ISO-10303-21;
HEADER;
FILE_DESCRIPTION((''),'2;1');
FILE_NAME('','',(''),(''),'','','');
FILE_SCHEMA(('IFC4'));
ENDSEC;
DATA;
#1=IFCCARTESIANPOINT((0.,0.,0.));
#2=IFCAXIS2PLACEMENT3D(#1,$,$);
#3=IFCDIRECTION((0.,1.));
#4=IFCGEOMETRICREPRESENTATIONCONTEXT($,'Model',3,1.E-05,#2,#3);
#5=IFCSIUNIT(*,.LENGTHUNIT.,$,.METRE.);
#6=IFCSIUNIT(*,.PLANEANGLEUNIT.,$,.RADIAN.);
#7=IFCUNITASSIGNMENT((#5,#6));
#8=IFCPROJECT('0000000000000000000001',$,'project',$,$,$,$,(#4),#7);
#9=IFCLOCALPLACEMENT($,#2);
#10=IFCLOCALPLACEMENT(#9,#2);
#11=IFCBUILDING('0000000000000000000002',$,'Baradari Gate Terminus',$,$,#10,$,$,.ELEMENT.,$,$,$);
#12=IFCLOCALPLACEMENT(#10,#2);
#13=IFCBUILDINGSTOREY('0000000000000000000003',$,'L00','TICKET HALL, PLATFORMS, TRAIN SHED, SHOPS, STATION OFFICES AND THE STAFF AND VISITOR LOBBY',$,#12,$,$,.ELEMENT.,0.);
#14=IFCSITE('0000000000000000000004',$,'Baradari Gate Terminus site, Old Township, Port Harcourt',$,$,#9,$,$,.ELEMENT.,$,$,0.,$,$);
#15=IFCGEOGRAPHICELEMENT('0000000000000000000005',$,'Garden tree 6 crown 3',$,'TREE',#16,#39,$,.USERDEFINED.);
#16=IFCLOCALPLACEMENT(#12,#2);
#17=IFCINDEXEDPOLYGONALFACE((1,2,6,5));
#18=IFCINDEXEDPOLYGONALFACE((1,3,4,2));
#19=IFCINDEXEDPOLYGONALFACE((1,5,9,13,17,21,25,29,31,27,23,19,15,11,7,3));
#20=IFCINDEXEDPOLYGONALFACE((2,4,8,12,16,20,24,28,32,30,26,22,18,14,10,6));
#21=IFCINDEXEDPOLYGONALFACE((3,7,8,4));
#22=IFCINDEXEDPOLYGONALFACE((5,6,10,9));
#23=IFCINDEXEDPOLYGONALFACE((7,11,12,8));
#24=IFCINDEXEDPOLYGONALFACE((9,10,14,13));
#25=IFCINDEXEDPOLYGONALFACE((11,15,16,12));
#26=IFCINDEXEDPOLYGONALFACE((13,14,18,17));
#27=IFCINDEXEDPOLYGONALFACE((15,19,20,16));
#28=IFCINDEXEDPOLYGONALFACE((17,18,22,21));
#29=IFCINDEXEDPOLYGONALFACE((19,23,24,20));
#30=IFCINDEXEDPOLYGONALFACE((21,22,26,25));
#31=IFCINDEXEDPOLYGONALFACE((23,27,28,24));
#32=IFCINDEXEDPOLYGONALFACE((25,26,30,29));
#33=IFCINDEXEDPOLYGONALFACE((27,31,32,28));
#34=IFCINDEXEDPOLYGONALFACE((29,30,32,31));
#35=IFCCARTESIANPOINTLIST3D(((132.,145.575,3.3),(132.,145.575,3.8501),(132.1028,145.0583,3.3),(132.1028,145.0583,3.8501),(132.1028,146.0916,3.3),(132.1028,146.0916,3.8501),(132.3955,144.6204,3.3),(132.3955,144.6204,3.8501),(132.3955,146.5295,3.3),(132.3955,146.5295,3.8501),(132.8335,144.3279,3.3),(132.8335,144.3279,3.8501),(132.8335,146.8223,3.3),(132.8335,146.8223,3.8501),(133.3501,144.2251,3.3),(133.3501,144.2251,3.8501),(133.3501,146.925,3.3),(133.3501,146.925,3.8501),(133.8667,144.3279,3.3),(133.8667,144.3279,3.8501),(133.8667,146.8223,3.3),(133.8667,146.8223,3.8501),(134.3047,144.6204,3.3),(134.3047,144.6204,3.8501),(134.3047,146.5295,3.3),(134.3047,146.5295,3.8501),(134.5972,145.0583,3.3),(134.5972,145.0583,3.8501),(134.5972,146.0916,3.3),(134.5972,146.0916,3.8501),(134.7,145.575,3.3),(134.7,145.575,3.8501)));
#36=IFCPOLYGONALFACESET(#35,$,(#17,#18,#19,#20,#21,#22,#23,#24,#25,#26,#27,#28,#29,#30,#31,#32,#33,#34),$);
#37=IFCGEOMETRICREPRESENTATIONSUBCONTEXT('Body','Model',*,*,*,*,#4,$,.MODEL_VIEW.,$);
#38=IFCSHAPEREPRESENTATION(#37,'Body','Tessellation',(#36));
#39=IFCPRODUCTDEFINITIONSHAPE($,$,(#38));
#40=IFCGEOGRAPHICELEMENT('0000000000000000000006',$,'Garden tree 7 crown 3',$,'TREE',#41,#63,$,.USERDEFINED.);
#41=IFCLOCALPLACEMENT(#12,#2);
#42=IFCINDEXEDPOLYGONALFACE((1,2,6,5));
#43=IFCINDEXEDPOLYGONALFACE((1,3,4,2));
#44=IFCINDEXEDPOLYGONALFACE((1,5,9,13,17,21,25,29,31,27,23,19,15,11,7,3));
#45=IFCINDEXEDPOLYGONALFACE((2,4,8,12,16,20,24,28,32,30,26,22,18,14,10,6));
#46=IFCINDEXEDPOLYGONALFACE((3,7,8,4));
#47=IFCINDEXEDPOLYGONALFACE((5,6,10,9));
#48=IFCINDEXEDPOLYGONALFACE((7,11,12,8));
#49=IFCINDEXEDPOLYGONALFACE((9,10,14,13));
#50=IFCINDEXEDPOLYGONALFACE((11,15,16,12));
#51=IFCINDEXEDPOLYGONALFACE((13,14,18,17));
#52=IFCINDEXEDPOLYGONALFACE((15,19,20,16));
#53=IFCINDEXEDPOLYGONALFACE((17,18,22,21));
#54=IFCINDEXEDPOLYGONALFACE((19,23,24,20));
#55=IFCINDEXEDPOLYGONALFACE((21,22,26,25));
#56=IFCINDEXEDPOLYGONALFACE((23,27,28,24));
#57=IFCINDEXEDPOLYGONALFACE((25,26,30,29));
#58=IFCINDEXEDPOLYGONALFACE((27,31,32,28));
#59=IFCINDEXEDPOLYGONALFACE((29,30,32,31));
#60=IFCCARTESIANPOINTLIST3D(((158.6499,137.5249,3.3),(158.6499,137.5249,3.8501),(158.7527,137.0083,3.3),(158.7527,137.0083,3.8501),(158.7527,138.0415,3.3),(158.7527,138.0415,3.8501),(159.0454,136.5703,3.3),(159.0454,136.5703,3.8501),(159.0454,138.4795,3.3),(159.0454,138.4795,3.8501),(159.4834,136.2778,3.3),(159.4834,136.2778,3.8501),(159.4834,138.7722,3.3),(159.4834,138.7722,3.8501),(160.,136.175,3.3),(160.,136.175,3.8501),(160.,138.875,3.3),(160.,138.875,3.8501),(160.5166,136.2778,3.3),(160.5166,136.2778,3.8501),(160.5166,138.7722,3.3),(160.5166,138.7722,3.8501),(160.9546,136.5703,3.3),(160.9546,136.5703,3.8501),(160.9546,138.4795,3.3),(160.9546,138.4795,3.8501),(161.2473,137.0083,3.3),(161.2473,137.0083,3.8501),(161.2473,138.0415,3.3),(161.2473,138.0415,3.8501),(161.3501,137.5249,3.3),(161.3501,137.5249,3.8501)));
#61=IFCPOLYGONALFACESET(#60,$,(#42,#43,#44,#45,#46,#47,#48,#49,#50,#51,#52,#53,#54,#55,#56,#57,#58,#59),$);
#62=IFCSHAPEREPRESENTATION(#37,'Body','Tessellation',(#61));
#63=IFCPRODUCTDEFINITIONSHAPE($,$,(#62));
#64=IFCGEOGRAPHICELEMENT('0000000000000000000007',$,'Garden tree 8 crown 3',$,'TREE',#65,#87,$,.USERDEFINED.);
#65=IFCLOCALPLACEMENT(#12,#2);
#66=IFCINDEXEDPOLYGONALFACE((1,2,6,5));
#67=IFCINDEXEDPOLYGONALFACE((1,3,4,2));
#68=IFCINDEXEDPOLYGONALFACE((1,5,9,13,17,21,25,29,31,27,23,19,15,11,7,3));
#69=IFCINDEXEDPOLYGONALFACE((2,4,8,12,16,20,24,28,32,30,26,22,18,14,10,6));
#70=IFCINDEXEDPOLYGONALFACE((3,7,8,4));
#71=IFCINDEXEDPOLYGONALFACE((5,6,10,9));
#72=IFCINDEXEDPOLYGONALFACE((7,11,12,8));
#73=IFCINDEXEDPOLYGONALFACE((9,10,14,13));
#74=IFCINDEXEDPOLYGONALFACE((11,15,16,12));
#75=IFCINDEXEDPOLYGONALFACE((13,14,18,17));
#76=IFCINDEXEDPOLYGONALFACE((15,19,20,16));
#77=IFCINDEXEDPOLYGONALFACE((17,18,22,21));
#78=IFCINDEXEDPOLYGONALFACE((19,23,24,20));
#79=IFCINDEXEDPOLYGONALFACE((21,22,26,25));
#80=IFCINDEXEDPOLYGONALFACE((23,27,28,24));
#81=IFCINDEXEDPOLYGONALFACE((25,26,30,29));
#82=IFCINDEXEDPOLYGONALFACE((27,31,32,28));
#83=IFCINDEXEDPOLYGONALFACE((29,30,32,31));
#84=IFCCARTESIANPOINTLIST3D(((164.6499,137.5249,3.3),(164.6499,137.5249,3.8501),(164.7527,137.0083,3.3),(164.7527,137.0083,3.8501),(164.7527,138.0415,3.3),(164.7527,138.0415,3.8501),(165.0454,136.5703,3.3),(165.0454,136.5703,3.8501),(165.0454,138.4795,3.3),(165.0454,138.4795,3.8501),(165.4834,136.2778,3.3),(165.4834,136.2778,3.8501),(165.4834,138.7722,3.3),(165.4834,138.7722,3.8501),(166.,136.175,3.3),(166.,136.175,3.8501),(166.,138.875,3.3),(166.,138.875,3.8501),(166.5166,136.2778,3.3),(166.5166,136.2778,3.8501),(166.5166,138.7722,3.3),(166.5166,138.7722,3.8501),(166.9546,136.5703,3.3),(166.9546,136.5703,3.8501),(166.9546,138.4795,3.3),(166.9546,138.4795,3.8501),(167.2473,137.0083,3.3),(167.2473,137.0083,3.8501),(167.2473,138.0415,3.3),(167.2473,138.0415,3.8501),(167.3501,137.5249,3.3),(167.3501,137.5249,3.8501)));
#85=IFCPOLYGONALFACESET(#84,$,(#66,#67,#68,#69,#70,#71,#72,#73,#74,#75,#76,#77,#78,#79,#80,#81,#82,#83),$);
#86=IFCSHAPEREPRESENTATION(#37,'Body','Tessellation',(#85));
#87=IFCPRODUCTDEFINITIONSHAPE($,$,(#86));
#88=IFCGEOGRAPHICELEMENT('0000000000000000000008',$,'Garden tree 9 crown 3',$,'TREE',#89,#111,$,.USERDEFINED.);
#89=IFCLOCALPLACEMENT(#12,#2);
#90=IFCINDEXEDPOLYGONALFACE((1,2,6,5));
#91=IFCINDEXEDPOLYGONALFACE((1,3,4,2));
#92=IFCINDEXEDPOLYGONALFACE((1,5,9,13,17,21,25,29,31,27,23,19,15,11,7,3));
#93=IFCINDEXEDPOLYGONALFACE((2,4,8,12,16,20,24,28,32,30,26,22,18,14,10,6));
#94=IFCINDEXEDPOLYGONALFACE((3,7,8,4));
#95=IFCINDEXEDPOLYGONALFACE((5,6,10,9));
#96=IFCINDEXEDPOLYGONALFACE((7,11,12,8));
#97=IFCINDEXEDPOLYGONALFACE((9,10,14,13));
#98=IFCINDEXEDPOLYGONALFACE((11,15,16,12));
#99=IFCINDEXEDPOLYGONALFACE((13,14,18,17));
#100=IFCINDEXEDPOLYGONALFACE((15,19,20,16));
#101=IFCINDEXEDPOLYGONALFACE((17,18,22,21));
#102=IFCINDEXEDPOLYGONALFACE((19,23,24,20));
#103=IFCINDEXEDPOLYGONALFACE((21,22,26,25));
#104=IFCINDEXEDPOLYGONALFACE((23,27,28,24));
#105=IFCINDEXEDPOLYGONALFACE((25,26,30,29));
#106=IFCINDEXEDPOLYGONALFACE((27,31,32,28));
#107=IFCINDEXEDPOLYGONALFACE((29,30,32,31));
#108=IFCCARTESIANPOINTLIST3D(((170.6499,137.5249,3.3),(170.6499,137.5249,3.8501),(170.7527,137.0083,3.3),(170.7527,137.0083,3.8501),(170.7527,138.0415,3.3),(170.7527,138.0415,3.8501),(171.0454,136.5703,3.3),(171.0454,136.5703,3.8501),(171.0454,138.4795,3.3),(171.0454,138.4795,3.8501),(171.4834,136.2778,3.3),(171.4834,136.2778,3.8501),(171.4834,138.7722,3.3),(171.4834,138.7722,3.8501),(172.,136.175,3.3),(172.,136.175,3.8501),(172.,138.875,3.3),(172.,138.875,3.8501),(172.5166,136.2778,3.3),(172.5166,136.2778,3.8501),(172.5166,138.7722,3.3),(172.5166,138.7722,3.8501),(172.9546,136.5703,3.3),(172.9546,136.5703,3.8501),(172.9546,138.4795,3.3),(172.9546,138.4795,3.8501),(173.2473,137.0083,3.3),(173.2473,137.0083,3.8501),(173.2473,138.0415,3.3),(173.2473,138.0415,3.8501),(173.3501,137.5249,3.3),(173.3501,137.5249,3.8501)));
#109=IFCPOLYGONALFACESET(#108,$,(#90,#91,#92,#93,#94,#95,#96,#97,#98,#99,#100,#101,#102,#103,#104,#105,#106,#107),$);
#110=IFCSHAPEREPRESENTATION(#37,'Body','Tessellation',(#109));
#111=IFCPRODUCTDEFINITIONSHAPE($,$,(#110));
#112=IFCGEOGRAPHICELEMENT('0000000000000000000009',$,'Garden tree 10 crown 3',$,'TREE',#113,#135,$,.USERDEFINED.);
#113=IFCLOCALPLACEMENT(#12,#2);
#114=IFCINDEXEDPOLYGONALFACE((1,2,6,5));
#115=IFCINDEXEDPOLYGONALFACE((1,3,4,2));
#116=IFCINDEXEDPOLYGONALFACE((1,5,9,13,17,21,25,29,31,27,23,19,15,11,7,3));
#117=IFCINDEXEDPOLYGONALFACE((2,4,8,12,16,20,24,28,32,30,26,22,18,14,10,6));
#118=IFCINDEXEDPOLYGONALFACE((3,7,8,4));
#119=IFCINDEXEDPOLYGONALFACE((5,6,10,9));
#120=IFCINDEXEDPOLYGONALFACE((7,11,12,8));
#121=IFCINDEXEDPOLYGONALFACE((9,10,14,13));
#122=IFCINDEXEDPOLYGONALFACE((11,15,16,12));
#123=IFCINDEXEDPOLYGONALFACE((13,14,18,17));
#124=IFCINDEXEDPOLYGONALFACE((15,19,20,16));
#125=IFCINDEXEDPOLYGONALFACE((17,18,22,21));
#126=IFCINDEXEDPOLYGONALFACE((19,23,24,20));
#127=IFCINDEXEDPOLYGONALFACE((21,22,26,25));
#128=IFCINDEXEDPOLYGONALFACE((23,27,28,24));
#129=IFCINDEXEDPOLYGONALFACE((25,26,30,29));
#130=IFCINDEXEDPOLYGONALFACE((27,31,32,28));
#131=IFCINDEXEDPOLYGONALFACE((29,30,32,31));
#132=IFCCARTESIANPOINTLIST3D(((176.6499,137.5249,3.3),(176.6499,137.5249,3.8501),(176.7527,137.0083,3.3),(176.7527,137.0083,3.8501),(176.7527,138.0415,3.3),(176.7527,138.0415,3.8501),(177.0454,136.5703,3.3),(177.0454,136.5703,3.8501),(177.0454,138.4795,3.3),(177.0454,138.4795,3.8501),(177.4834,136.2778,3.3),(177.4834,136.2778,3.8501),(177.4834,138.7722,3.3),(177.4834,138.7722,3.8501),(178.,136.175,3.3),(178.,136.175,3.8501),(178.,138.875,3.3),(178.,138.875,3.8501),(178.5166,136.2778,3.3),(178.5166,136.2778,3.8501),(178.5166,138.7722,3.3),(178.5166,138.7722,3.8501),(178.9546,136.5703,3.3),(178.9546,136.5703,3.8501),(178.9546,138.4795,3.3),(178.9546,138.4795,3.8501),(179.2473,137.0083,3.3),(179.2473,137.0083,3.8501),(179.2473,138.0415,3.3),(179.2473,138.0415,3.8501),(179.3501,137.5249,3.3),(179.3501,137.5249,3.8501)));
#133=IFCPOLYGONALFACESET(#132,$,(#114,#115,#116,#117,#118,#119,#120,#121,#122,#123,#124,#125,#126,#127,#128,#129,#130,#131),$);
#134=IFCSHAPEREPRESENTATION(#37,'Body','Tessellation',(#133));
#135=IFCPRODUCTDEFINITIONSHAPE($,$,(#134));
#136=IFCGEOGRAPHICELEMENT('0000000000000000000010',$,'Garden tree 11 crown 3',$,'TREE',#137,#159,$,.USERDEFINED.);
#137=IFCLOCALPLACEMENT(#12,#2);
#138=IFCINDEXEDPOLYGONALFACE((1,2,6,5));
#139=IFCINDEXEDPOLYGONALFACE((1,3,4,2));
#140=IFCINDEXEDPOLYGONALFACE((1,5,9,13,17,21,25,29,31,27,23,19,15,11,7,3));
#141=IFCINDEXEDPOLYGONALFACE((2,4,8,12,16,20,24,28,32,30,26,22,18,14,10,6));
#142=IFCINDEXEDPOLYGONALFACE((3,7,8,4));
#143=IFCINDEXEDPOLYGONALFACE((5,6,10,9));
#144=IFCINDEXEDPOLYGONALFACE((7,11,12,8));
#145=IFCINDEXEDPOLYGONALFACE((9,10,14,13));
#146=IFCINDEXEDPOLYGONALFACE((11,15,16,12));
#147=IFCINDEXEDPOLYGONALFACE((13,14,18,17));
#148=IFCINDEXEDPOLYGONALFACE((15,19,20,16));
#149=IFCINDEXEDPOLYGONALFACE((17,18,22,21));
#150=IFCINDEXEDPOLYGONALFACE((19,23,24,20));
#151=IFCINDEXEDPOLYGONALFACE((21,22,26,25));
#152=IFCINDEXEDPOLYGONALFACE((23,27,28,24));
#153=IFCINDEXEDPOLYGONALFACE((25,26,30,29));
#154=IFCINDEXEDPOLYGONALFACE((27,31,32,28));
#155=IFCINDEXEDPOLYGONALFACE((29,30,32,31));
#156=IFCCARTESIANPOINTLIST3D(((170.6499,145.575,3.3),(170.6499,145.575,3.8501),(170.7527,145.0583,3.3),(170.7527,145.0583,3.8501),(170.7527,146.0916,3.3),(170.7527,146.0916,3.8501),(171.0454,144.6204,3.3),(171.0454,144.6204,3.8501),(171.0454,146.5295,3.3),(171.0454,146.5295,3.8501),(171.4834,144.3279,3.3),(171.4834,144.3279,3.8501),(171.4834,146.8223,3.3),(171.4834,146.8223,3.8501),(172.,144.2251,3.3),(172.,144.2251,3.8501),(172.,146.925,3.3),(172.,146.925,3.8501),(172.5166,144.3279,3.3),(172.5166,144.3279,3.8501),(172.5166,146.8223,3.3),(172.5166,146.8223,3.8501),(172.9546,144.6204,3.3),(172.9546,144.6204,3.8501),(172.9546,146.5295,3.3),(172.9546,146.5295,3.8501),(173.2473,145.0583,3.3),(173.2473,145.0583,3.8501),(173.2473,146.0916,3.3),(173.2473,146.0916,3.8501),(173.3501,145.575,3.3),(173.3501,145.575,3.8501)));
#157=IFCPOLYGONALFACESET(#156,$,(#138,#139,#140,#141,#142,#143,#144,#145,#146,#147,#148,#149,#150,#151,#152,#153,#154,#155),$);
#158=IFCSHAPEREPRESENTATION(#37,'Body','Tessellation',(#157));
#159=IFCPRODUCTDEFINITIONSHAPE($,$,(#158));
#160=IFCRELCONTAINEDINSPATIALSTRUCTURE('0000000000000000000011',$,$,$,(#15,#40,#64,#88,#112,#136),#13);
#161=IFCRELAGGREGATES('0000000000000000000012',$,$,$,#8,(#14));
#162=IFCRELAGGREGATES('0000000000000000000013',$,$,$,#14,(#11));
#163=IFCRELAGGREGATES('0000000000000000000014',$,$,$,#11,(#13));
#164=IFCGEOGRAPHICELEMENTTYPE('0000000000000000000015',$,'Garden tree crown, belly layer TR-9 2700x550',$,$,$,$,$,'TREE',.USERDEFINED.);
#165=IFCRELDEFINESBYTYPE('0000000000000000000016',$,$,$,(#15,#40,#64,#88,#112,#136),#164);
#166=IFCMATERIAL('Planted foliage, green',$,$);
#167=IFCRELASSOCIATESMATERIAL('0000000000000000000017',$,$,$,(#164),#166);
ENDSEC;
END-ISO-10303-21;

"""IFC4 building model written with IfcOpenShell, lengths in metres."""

from ifc_helpers import new_model, si_unit, direction, frame, origin, place, context, subcontext, project, spatial, polyline, outline, extrude, material, type_object, element, save


model = new_model("IFC4")

# Units and contexts
model_context = context("Model", 3, precision=1e-05, world=origin(), true_north=direction((0.0, 1.0)))
body_context = subcontext(model_context, "Body", "Model", "MODEL_VIEW")
ifc_project = project(units=[si_unit("LENGTHUNIT", "METRE"), si_unit("PLANEANGLEUNIT", "RADIAN")], contexts=[model_context])

# Site, building, storey
site_placement = place(None, origin())
site = spatial("IfcSite", under=ifc_project, at=site_placement, Name="Baradari Gate Terminus site, Old Township, Port Harcourt", CompositionType="ELEMENT", RefElevation=0.0)
building_placement = place(site_placement, origin())
building = spatial("IfcBuilding", under=site, at=building_placement, Name="Baradari Gate Terminus", CompositionType="ELEMENT")
storey_placement = place(building_placement, origin())
storey = spatial("IfcBuildingStorey", under=building, at=storey_placement, Name="L00", Description="TICKET HALL, PLATFORMS, TRAIN SHED, SHOPS, STATION OFFICES AND THE STAFF AND VISITOR LOBBY", CompositionType="ELEMENT", Elevation=0.0)

# Geographic elements
ifc_material_1 = material(Name="Planted foliage, green")
geographic_element_type_1 = type_object("IfcGeographicElementType", Name="Garden tree crown, belly layer TR-9 2700x550", ElementType="TREE", PredefinedType="USERDEFINED", material=ifc_material_1)
geographic_element_1_placement = place(storey_placement, frame((0.0, 0.0, 3.3)))
element("IfcGeographicElement", 1, at=geographic_element_1_placement, inside=storey, type_object=geographic_element_type_1, Name="Garden tree 6 crown 3", ObjectType="TREE", PredefinedType="USERDEFINED", context=body_context, shape_type="SweptSolid", body=[
    extrude(outline(polyline([(134.7, 145.575), (134.5972, 146.0916), (134.3047, 146.5295), (133.8667, 146.8223), (133.3501, 146.925), (132.8335, 146.8223), (132.3955, 146.5295), (132.1028, 146.0916), (132.0, 145.575), (132.1028, 145.0583), (132.3955, 144.6204), (132.8335, 144.3279), (133.3501, 144.2251), (133.8667, 144.3279), (134.3047, 144.6204), (134.5972, 145.0583), (134.7, 145.575)])), origin(), (0.0, 0.0, 1.0), 0.55),
])
geographic_element_2_placement = place(storey_placement, frame((0.0, 0.0, 3.3)))
element("IfcGeographicElement", 2, at=geographic_element_2_placement, inside=storey, type_object=geographic_element_type_1, Name="Garden tree 7 crown 3", ObjectType="TREE", PredefinedType="USERDEFINED", context=body_context, shape_type="SweptSolid", body=[
    extrude(outline(polyline([(161.3501, 137.5249), (161.2473, 138.0415), (160.9546, 138.4795), (160.5166, 138.7722), (160.0, 138.875), (159.4834, 138.7722), (159.0454, 138.4795), (158.7527, 138.0415), (158.6499, 137.5249), (158.7527, 137.0083), (159.0454, 136.5703), (159.4834, 136.2778), (160.0, 136.175), (160.5166, 136.2778), (160.9546, 136.5703), (161.2473, 137.0083), (161.3501, 137.5249)])), origin(), (0.0, 0.0, 1.0), 0.55),
])
geographic_element_3_placement = place(storey_placement, frame((0.0, 0.0, 3.3)))
element("IfcGeographicElement", 3, at=geographic_element_3_placement, inside=storey, type_object=geographic_element_type_1, Name="Garden tree 8 crown 3", ObjectType="TREE", PredefinedType="USERDEFINED", context=body_context, shape_type="SweptSolid", body=[
    extrude(outline(polyline([(167.3501, 137.5249), (167.2473, 138.0415), (166.9546, 138.4795), (166.5166, 138.7722), (166.0, 138.875), (165.4834, 138.7722), (165.0454, 138.4795), (164.7527, 138.0415), (164.6499, 137.5249), (164.7527, 137.0083), (165.0454, 136.5703), (165.4834, 136.2778), (166.0, 136.175), (166.5166, 136.2778), (166.9546, 136.5703), (167.2473, 137.0083), (167.3501, 137.5249)])), origin(), (0.0, 0.0, 1.0), 0.55),
])
geographic_element_4_placement = place(storey_placement, frame((0.0, 0.0, 3.3)))
element("IfcGeographicElement", 4, at=geographic_element_4_placement, inside=storey, type_object=geographic_element_type_1, Name="Garden tree 9 crown 3", ObjectType="TREE", PredefinedType="USERDEFINED", context=body_context, shape_type="SweptSolid", body=[
    extrude(outline(polyline([(173.3501, 137.5249), (173.2473, 138.0415), (172.9546, 138.4795), (172.5166, 138.7722), (172.0, 138.875), (171.4834, 138.7722), (171.0454, 138.4795), (170.7527, 138.0415), (170.6499, 137.5249), (170.7527, 137.0083), (171.0454, 136.5703), (171.4834, 136.2778), (172.0, 136.175), (172.5166, 136.2778), (172.9546, 136.5703), (173.2473, 137.0083), (173.3501, 137.5249)])), origin(), (0.0, 0.0, 1.0), 0.55),
])
geographic_element_5_placement = place(storey_placement, frame((0.0, 0.0, 3.3)))
element("IfcGeographicElement", 5, at=geographic_element_5_placement, inside=storey, type_object=geographic_element_type_1, Name="Garden tree 10 crown 3", ObjectType="TREE", PredefinedType="USERDEFINED", context=body_context, shape_type="SweptSolid", body=[
    extrude(outline(polyline([(179.3501, 137.5249), (179.2473, 138.0415), (178.9546, 138.4795), (178.5166, 138.7722), (178.0, 138.875), (177.4834, 138.7722), (177.0454, 138.4795), (176.7527, 138.0415), (176.6499, 137.5249), (176.7527, 137.0083), (177.0454, 136.5703), (177.4834, 136.2778), (178.0, 136.175), (178.5166, 136.2778), (178.9546, 136.5703), (179.2473, 137.0083), (179.3501, 137.5249)])), origin(), (0.0, 0.0, 1.0), 0.55),
])
geographic_element_6_placement = place(storey_placement, frame((0.0, 0.0, 3.3)))
element("IfcGeographicElement", 6, at=geographic_element_6_placement, inside=storey, type_object=geographic_element_type_1, Name="Garden tree 11 crown 3", ObjectType="TREE", PredefinedType="USERDEFINED", context=body_context, shape_type="SweptSolid", body=[
    extrude(outline(polyline([(173.3501, 145.575), (173.2473, 146.0916), (172.9546, 146.5295), (172.5166, 146.8223), (172.0, 146.925), (171.4834, 146.8223), (171.0454, 146.5295), (170.7527, 146.0916), (170.6499, 145.575), (170.7527, 145.0583), (171.0454, 144.6204), (171.4834, 144.3279), (172.0, 144.2251), (172.5166, 144.3279), (172.9546, 144.6204), (173.2473, 145.0583), (173.3501, 145.575)])), origin(), (0.0, 0.0, 1.0), 0.55),
])

save(model, "model.ifc")
